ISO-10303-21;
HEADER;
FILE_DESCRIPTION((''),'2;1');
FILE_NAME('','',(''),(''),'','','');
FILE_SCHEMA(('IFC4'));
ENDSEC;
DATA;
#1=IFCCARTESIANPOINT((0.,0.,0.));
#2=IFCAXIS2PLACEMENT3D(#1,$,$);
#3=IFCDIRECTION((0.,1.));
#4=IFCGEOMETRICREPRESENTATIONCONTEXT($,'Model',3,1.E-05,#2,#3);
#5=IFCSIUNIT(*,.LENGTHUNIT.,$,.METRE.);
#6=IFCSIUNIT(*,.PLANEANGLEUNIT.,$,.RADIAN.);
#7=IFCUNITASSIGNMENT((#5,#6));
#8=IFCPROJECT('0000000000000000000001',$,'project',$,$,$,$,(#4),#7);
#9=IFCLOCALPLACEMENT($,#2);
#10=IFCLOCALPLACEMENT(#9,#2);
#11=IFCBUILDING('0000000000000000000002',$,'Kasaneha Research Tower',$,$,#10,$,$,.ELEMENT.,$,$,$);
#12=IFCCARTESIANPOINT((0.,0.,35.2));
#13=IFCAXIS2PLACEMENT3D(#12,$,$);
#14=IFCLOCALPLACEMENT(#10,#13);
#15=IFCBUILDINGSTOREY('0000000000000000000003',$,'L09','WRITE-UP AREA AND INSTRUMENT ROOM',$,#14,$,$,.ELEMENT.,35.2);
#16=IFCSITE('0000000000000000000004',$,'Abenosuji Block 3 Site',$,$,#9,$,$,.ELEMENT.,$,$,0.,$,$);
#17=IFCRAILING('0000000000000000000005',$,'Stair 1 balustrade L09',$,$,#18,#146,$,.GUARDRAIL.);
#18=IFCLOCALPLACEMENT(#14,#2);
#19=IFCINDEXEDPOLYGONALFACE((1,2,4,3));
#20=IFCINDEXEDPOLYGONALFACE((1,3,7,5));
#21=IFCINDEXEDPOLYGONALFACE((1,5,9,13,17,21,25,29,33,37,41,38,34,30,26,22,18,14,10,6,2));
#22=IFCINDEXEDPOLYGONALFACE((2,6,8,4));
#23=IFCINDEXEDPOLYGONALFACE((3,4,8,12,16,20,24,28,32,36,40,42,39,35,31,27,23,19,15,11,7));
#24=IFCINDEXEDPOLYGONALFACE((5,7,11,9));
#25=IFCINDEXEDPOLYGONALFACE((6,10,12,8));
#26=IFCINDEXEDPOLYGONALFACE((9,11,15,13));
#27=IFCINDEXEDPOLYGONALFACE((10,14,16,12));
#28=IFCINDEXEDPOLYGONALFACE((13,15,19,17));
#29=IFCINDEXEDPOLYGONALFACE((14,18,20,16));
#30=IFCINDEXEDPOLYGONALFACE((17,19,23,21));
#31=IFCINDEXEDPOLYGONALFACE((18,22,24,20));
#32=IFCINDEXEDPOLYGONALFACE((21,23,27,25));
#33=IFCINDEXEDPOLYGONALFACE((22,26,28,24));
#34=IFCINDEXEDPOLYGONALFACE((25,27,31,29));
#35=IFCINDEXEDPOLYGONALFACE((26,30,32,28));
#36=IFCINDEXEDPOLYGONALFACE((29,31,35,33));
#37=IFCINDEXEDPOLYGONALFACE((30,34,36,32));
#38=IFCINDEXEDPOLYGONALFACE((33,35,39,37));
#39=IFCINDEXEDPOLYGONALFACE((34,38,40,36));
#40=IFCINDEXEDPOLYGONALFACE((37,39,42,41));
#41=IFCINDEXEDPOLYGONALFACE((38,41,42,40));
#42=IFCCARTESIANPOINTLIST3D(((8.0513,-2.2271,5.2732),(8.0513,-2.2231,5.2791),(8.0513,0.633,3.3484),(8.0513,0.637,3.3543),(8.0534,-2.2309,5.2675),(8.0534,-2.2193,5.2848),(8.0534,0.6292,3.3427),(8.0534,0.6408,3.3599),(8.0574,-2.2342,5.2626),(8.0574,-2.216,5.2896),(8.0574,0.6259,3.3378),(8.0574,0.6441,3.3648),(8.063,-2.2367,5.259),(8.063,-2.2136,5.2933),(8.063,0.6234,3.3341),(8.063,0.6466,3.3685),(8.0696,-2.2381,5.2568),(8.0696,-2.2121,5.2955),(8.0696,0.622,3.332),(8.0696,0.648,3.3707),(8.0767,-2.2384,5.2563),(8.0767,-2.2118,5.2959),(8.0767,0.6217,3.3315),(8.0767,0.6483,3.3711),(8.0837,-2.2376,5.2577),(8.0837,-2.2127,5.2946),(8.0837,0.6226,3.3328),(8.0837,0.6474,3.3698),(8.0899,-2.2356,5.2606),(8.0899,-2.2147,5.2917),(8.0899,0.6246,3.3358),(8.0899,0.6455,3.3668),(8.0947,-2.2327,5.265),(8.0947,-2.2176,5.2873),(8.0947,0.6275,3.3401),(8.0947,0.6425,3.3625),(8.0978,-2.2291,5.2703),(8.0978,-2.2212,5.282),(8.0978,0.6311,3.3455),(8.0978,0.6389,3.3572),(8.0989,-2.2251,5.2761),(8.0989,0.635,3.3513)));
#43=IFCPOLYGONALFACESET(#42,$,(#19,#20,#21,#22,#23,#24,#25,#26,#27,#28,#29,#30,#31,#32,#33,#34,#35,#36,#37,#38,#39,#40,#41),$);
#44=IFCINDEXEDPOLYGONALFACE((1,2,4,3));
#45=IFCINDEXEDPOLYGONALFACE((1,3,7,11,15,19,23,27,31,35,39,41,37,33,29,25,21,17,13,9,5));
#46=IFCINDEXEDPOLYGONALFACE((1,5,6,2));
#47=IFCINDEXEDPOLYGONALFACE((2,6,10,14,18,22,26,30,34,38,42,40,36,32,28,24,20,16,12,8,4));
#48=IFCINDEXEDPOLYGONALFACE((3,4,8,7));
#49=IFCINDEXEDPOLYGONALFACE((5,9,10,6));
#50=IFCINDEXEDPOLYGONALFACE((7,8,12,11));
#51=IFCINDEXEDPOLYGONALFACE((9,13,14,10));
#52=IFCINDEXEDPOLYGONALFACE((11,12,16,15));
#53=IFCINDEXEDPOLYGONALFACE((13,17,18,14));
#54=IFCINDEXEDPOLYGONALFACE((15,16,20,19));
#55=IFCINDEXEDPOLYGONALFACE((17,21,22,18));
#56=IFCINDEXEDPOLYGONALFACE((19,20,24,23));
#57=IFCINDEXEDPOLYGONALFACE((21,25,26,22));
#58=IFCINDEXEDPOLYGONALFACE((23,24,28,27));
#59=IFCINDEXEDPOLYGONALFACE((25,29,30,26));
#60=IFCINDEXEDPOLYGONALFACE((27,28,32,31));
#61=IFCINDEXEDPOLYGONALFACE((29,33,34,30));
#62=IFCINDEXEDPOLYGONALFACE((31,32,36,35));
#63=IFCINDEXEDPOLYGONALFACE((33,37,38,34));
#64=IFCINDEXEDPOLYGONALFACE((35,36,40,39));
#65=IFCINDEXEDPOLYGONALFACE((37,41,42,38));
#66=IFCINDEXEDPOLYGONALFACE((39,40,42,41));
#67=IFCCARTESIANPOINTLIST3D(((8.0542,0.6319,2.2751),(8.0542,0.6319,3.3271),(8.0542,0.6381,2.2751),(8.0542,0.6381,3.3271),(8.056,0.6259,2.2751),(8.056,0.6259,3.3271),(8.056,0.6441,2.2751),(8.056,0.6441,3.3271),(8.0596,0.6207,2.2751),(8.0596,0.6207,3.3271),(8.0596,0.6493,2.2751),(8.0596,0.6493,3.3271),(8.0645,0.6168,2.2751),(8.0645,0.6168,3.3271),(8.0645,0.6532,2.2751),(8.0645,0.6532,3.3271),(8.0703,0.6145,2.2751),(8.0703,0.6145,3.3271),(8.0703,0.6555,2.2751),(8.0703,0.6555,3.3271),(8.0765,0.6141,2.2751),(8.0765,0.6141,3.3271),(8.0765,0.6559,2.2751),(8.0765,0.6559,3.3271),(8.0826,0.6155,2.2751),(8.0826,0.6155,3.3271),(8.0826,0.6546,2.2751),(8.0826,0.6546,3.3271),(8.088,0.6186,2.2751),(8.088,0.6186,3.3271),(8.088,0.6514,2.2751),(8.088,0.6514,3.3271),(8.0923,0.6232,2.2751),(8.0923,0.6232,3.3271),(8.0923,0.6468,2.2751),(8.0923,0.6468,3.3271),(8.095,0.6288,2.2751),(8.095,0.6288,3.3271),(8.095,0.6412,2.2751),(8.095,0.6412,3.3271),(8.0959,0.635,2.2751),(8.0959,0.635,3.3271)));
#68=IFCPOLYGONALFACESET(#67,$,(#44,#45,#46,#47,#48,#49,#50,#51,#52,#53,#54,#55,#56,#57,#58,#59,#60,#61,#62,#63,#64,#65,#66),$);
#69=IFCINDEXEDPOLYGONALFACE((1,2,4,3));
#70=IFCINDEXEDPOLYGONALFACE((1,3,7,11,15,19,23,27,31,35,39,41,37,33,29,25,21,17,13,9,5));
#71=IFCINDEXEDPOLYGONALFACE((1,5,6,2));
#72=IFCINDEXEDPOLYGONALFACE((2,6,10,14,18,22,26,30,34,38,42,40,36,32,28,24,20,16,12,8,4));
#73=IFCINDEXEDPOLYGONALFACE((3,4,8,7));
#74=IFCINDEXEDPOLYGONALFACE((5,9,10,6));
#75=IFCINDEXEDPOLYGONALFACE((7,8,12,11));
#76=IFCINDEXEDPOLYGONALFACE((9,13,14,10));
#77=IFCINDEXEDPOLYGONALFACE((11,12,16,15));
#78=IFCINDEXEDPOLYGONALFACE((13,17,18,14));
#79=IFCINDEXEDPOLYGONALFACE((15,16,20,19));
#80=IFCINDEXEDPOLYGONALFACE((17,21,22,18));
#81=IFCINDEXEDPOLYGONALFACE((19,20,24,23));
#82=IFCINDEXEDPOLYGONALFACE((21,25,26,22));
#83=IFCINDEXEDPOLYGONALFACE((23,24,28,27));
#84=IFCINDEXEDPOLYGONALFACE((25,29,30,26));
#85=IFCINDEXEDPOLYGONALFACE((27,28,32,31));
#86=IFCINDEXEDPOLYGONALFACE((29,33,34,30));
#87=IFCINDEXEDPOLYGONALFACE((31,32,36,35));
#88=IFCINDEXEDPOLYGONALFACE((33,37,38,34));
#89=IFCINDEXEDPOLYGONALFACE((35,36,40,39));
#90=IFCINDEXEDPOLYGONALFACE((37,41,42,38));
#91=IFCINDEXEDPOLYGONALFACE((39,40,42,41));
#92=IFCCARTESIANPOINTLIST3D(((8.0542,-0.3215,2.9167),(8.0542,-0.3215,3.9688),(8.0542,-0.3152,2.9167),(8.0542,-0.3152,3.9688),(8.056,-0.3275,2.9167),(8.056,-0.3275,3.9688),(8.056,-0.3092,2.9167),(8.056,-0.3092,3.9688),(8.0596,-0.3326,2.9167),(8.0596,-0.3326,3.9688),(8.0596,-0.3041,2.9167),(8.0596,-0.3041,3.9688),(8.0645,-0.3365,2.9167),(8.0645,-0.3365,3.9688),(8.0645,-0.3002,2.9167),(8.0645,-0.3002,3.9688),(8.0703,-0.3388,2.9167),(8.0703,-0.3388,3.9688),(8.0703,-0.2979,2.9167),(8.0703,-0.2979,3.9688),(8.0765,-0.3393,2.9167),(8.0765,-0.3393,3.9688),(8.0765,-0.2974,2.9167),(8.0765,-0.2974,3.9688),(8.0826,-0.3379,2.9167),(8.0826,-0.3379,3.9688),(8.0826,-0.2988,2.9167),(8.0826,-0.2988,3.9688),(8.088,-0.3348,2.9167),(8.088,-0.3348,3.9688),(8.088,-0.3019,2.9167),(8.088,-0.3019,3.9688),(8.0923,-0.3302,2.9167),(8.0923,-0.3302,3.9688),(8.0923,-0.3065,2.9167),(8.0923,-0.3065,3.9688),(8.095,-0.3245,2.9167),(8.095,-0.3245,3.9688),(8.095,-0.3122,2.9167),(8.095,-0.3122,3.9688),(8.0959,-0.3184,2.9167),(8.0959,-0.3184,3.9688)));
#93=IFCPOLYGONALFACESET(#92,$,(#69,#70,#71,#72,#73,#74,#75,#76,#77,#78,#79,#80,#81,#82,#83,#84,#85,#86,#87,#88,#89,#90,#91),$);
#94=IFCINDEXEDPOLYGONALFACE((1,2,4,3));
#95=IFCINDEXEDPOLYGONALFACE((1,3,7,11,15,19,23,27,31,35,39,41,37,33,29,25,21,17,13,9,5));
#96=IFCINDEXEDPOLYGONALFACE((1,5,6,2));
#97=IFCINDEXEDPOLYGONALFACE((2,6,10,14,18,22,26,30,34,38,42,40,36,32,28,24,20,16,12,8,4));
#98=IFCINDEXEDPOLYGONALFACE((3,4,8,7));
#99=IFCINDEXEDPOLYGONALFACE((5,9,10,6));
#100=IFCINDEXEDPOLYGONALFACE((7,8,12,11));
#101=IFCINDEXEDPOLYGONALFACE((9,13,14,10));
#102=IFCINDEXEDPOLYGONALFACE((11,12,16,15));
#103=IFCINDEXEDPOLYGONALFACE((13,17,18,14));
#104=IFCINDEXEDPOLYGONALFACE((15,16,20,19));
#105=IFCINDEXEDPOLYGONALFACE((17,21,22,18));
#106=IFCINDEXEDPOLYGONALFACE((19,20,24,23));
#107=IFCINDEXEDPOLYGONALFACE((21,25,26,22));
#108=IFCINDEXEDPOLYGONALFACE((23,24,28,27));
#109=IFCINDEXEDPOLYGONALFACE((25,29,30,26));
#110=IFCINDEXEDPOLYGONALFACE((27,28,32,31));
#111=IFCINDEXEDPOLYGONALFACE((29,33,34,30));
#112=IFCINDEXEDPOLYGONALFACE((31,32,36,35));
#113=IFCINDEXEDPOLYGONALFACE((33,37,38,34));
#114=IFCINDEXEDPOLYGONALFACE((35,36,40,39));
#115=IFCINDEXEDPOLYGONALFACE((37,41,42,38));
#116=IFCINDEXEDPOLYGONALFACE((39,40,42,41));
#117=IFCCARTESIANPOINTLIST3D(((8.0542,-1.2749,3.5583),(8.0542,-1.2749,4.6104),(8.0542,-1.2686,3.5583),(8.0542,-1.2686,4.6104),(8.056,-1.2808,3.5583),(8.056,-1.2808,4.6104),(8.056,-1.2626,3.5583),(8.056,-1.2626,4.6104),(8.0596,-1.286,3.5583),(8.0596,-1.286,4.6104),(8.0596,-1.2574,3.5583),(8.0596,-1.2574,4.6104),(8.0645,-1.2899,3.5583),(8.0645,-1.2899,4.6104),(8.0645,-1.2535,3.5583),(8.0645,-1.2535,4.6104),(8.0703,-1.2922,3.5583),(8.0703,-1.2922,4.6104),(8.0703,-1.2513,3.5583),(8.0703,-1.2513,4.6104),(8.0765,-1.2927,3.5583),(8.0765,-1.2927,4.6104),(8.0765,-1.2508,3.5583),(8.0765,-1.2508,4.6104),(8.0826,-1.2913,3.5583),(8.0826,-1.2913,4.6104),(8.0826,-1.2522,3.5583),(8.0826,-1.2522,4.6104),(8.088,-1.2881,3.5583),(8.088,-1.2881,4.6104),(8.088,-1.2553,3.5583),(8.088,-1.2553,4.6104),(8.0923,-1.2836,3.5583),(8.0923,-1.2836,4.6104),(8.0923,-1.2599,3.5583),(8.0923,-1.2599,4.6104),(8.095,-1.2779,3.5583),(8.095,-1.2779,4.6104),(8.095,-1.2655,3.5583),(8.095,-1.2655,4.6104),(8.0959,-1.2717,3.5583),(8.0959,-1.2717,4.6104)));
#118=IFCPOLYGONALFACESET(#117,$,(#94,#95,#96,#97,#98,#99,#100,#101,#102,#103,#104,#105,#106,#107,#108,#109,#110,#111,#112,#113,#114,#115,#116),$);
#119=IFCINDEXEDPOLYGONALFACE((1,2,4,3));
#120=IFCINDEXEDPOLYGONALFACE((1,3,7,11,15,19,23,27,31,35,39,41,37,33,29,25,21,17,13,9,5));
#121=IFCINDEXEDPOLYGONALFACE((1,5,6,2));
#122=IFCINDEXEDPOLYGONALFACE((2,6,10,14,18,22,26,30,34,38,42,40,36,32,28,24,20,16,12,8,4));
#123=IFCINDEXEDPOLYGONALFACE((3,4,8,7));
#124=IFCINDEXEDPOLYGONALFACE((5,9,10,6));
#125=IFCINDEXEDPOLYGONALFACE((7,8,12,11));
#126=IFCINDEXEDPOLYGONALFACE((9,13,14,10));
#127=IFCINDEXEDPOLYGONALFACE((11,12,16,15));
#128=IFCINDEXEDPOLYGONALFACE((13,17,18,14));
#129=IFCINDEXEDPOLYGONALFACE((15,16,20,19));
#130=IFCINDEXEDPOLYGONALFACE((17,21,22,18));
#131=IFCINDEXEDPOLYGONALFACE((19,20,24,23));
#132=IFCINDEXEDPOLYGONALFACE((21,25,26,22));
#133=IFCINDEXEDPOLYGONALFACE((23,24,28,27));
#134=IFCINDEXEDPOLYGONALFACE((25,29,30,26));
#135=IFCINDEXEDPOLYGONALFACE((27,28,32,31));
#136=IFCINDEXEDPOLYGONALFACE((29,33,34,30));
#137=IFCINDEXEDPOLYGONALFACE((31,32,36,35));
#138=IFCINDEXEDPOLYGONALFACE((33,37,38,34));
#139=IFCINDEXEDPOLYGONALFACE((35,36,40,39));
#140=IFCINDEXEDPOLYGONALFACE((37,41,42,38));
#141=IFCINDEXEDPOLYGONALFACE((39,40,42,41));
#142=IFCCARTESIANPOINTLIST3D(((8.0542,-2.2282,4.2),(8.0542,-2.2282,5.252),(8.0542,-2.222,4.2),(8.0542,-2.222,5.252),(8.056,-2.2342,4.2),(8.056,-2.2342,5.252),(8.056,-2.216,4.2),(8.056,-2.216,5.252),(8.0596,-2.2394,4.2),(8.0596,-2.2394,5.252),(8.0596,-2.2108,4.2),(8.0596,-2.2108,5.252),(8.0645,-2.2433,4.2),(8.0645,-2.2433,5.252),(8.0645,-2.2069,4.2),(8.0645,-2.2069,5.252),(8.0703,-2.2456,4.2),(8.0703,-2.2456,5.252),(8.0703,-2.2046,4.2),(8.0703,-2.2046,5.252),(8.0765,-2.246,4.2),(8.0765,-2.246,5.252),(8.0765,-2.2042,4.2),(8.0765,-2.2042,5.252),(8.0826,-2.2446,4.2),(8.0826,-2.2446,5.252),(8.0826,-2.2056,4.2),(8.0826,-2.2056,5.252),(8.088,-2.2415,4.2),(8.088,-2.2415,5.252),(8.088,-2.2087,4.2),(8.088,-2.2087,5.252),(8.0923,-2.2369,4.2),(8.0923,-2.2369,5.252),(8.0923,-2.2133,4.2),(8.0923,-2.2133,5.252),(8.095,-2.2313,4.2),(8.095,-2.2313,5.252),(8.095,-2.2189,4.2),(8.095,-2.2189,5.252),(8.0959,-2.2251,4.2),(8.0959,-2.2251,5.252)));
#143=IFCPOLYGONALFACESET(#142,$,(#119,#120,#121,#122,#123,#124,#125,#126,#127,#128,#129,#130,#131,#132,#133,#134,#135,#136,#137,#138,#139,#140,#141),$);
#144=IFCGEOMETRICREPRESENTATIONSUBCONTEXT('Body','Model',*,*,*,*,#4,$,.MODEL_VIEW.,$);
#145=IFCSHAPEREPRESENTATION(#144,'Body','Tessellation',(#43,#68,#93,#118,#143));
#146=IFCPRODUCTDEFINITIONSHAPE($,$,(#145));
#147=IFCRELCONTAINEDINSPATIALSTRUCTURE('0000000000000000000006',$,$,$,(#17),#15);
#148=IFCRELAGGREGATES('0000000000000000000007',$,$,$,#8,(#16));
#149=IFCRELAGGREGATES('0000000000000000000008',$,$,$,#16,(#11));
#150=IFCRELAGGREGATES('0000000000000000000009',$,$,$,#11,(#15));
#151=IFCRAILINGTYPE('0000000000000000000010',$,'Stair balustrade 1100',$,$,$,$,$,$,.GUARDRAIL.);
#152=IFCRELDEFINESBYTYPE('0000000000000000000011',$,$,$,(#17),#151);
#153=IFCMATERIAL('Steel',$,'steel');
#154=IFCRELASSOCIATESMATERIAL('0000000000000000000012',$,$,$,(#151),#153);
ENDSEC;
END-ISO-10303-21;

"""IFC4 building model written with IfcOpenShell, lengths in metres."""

from ifc_helpers import new_model, si_unit, direction, frame, origin, origin_2d, place, context, subcontext, project, spatial, circle, extrude, material, type_object, element, save


model = new_model("IFC4")

# Units and contexts
model_context = context("Model", 3, precision=1e-05, world=origin(), true_north=direction((0.0, 1.0)))
body_context = subcontext(model_context, "Body", "Model", "MODEL_VIEW")
ifc_project = project(units=[si_unit("LENGTHUNIT", "METRE"), si_unit("PLANEANGLEUNIT", "RADIAN")], contexts=[model_context])

# Site, building, storey
site_placement = place(None, origin())
site = spatial("IfcSite", under=ifc_project, at=site_placement, Name="Abenosuji Block 3 Site", CompositionType="ELEMENT", RefElevation=0.0)
building_placement = place(site_placement, origin())
building = spatial("IfcBuilding", under=site, at=building_placement, Name="Kasaneha Research Tower", CompositionType="ELEMENT")
storey_placement = place(building_placement, frame((0.0, 0.0, 35.2)))
storey = spatial("IfcBuildingStorey", under=building, at=storey_placement, Name="L09", Description="WRITE-UP AREA AND INSTRUMENT ROOM", CompositionType="ELEMENT", Elevation=35.2)

# Railing
ifc_material_1 = material(Name="Steel", Category="steel")
railing_type_1 = type_object("IfcRailingType", Name="Stair balustrade 1100", PredefinedType="GUARDRAIL", material=ifc_material_1)
railing_1_placement = place(storey_placement, frame((8.075, 0.635, 2.2751)))
element("IfcRailing", 1, at=railing_1_placement, inside=storey, type_object=railing_type_1, Name="Stair 1 balustrade L09", PredefinedType="GUARDRAIL", context=body_context, shape_type="SweptSolid", body=[
    extrude(circle(Radius=0.0239, at=origin_2d()), frame((0.0, 0.0, 1.0762), z_axis=(0.0, -0.829624, 0.558323), x_axis=(1.0, 0.0, 0.0)), (0.0, 0.0, 1.0), 3.4475),
    extrude(circle(Radius=0.021, at=origin_2d()), origin(), (0.0, 0.0, 1.0), 1.052),
    extrude(circle(Radius=0.021, at=origin_2d()), frame((0.0, -0.9534, 0.6416)), (0.0, 0.0, 1.0), 1.052),
    extrude(circle(Radius=0.021, at=origin_2d()), frame((0.0, -1.9067, 1.2832)), (0.0, 0.0, 1.0), 1.052),
    extrude(circle(Radius=0.021, at=origin_2d()), frame((0.0, -2.8601, 1.9248)), (0.0, 0.0, 1.0), 1.052),
])

save(model, "model.ifc")
